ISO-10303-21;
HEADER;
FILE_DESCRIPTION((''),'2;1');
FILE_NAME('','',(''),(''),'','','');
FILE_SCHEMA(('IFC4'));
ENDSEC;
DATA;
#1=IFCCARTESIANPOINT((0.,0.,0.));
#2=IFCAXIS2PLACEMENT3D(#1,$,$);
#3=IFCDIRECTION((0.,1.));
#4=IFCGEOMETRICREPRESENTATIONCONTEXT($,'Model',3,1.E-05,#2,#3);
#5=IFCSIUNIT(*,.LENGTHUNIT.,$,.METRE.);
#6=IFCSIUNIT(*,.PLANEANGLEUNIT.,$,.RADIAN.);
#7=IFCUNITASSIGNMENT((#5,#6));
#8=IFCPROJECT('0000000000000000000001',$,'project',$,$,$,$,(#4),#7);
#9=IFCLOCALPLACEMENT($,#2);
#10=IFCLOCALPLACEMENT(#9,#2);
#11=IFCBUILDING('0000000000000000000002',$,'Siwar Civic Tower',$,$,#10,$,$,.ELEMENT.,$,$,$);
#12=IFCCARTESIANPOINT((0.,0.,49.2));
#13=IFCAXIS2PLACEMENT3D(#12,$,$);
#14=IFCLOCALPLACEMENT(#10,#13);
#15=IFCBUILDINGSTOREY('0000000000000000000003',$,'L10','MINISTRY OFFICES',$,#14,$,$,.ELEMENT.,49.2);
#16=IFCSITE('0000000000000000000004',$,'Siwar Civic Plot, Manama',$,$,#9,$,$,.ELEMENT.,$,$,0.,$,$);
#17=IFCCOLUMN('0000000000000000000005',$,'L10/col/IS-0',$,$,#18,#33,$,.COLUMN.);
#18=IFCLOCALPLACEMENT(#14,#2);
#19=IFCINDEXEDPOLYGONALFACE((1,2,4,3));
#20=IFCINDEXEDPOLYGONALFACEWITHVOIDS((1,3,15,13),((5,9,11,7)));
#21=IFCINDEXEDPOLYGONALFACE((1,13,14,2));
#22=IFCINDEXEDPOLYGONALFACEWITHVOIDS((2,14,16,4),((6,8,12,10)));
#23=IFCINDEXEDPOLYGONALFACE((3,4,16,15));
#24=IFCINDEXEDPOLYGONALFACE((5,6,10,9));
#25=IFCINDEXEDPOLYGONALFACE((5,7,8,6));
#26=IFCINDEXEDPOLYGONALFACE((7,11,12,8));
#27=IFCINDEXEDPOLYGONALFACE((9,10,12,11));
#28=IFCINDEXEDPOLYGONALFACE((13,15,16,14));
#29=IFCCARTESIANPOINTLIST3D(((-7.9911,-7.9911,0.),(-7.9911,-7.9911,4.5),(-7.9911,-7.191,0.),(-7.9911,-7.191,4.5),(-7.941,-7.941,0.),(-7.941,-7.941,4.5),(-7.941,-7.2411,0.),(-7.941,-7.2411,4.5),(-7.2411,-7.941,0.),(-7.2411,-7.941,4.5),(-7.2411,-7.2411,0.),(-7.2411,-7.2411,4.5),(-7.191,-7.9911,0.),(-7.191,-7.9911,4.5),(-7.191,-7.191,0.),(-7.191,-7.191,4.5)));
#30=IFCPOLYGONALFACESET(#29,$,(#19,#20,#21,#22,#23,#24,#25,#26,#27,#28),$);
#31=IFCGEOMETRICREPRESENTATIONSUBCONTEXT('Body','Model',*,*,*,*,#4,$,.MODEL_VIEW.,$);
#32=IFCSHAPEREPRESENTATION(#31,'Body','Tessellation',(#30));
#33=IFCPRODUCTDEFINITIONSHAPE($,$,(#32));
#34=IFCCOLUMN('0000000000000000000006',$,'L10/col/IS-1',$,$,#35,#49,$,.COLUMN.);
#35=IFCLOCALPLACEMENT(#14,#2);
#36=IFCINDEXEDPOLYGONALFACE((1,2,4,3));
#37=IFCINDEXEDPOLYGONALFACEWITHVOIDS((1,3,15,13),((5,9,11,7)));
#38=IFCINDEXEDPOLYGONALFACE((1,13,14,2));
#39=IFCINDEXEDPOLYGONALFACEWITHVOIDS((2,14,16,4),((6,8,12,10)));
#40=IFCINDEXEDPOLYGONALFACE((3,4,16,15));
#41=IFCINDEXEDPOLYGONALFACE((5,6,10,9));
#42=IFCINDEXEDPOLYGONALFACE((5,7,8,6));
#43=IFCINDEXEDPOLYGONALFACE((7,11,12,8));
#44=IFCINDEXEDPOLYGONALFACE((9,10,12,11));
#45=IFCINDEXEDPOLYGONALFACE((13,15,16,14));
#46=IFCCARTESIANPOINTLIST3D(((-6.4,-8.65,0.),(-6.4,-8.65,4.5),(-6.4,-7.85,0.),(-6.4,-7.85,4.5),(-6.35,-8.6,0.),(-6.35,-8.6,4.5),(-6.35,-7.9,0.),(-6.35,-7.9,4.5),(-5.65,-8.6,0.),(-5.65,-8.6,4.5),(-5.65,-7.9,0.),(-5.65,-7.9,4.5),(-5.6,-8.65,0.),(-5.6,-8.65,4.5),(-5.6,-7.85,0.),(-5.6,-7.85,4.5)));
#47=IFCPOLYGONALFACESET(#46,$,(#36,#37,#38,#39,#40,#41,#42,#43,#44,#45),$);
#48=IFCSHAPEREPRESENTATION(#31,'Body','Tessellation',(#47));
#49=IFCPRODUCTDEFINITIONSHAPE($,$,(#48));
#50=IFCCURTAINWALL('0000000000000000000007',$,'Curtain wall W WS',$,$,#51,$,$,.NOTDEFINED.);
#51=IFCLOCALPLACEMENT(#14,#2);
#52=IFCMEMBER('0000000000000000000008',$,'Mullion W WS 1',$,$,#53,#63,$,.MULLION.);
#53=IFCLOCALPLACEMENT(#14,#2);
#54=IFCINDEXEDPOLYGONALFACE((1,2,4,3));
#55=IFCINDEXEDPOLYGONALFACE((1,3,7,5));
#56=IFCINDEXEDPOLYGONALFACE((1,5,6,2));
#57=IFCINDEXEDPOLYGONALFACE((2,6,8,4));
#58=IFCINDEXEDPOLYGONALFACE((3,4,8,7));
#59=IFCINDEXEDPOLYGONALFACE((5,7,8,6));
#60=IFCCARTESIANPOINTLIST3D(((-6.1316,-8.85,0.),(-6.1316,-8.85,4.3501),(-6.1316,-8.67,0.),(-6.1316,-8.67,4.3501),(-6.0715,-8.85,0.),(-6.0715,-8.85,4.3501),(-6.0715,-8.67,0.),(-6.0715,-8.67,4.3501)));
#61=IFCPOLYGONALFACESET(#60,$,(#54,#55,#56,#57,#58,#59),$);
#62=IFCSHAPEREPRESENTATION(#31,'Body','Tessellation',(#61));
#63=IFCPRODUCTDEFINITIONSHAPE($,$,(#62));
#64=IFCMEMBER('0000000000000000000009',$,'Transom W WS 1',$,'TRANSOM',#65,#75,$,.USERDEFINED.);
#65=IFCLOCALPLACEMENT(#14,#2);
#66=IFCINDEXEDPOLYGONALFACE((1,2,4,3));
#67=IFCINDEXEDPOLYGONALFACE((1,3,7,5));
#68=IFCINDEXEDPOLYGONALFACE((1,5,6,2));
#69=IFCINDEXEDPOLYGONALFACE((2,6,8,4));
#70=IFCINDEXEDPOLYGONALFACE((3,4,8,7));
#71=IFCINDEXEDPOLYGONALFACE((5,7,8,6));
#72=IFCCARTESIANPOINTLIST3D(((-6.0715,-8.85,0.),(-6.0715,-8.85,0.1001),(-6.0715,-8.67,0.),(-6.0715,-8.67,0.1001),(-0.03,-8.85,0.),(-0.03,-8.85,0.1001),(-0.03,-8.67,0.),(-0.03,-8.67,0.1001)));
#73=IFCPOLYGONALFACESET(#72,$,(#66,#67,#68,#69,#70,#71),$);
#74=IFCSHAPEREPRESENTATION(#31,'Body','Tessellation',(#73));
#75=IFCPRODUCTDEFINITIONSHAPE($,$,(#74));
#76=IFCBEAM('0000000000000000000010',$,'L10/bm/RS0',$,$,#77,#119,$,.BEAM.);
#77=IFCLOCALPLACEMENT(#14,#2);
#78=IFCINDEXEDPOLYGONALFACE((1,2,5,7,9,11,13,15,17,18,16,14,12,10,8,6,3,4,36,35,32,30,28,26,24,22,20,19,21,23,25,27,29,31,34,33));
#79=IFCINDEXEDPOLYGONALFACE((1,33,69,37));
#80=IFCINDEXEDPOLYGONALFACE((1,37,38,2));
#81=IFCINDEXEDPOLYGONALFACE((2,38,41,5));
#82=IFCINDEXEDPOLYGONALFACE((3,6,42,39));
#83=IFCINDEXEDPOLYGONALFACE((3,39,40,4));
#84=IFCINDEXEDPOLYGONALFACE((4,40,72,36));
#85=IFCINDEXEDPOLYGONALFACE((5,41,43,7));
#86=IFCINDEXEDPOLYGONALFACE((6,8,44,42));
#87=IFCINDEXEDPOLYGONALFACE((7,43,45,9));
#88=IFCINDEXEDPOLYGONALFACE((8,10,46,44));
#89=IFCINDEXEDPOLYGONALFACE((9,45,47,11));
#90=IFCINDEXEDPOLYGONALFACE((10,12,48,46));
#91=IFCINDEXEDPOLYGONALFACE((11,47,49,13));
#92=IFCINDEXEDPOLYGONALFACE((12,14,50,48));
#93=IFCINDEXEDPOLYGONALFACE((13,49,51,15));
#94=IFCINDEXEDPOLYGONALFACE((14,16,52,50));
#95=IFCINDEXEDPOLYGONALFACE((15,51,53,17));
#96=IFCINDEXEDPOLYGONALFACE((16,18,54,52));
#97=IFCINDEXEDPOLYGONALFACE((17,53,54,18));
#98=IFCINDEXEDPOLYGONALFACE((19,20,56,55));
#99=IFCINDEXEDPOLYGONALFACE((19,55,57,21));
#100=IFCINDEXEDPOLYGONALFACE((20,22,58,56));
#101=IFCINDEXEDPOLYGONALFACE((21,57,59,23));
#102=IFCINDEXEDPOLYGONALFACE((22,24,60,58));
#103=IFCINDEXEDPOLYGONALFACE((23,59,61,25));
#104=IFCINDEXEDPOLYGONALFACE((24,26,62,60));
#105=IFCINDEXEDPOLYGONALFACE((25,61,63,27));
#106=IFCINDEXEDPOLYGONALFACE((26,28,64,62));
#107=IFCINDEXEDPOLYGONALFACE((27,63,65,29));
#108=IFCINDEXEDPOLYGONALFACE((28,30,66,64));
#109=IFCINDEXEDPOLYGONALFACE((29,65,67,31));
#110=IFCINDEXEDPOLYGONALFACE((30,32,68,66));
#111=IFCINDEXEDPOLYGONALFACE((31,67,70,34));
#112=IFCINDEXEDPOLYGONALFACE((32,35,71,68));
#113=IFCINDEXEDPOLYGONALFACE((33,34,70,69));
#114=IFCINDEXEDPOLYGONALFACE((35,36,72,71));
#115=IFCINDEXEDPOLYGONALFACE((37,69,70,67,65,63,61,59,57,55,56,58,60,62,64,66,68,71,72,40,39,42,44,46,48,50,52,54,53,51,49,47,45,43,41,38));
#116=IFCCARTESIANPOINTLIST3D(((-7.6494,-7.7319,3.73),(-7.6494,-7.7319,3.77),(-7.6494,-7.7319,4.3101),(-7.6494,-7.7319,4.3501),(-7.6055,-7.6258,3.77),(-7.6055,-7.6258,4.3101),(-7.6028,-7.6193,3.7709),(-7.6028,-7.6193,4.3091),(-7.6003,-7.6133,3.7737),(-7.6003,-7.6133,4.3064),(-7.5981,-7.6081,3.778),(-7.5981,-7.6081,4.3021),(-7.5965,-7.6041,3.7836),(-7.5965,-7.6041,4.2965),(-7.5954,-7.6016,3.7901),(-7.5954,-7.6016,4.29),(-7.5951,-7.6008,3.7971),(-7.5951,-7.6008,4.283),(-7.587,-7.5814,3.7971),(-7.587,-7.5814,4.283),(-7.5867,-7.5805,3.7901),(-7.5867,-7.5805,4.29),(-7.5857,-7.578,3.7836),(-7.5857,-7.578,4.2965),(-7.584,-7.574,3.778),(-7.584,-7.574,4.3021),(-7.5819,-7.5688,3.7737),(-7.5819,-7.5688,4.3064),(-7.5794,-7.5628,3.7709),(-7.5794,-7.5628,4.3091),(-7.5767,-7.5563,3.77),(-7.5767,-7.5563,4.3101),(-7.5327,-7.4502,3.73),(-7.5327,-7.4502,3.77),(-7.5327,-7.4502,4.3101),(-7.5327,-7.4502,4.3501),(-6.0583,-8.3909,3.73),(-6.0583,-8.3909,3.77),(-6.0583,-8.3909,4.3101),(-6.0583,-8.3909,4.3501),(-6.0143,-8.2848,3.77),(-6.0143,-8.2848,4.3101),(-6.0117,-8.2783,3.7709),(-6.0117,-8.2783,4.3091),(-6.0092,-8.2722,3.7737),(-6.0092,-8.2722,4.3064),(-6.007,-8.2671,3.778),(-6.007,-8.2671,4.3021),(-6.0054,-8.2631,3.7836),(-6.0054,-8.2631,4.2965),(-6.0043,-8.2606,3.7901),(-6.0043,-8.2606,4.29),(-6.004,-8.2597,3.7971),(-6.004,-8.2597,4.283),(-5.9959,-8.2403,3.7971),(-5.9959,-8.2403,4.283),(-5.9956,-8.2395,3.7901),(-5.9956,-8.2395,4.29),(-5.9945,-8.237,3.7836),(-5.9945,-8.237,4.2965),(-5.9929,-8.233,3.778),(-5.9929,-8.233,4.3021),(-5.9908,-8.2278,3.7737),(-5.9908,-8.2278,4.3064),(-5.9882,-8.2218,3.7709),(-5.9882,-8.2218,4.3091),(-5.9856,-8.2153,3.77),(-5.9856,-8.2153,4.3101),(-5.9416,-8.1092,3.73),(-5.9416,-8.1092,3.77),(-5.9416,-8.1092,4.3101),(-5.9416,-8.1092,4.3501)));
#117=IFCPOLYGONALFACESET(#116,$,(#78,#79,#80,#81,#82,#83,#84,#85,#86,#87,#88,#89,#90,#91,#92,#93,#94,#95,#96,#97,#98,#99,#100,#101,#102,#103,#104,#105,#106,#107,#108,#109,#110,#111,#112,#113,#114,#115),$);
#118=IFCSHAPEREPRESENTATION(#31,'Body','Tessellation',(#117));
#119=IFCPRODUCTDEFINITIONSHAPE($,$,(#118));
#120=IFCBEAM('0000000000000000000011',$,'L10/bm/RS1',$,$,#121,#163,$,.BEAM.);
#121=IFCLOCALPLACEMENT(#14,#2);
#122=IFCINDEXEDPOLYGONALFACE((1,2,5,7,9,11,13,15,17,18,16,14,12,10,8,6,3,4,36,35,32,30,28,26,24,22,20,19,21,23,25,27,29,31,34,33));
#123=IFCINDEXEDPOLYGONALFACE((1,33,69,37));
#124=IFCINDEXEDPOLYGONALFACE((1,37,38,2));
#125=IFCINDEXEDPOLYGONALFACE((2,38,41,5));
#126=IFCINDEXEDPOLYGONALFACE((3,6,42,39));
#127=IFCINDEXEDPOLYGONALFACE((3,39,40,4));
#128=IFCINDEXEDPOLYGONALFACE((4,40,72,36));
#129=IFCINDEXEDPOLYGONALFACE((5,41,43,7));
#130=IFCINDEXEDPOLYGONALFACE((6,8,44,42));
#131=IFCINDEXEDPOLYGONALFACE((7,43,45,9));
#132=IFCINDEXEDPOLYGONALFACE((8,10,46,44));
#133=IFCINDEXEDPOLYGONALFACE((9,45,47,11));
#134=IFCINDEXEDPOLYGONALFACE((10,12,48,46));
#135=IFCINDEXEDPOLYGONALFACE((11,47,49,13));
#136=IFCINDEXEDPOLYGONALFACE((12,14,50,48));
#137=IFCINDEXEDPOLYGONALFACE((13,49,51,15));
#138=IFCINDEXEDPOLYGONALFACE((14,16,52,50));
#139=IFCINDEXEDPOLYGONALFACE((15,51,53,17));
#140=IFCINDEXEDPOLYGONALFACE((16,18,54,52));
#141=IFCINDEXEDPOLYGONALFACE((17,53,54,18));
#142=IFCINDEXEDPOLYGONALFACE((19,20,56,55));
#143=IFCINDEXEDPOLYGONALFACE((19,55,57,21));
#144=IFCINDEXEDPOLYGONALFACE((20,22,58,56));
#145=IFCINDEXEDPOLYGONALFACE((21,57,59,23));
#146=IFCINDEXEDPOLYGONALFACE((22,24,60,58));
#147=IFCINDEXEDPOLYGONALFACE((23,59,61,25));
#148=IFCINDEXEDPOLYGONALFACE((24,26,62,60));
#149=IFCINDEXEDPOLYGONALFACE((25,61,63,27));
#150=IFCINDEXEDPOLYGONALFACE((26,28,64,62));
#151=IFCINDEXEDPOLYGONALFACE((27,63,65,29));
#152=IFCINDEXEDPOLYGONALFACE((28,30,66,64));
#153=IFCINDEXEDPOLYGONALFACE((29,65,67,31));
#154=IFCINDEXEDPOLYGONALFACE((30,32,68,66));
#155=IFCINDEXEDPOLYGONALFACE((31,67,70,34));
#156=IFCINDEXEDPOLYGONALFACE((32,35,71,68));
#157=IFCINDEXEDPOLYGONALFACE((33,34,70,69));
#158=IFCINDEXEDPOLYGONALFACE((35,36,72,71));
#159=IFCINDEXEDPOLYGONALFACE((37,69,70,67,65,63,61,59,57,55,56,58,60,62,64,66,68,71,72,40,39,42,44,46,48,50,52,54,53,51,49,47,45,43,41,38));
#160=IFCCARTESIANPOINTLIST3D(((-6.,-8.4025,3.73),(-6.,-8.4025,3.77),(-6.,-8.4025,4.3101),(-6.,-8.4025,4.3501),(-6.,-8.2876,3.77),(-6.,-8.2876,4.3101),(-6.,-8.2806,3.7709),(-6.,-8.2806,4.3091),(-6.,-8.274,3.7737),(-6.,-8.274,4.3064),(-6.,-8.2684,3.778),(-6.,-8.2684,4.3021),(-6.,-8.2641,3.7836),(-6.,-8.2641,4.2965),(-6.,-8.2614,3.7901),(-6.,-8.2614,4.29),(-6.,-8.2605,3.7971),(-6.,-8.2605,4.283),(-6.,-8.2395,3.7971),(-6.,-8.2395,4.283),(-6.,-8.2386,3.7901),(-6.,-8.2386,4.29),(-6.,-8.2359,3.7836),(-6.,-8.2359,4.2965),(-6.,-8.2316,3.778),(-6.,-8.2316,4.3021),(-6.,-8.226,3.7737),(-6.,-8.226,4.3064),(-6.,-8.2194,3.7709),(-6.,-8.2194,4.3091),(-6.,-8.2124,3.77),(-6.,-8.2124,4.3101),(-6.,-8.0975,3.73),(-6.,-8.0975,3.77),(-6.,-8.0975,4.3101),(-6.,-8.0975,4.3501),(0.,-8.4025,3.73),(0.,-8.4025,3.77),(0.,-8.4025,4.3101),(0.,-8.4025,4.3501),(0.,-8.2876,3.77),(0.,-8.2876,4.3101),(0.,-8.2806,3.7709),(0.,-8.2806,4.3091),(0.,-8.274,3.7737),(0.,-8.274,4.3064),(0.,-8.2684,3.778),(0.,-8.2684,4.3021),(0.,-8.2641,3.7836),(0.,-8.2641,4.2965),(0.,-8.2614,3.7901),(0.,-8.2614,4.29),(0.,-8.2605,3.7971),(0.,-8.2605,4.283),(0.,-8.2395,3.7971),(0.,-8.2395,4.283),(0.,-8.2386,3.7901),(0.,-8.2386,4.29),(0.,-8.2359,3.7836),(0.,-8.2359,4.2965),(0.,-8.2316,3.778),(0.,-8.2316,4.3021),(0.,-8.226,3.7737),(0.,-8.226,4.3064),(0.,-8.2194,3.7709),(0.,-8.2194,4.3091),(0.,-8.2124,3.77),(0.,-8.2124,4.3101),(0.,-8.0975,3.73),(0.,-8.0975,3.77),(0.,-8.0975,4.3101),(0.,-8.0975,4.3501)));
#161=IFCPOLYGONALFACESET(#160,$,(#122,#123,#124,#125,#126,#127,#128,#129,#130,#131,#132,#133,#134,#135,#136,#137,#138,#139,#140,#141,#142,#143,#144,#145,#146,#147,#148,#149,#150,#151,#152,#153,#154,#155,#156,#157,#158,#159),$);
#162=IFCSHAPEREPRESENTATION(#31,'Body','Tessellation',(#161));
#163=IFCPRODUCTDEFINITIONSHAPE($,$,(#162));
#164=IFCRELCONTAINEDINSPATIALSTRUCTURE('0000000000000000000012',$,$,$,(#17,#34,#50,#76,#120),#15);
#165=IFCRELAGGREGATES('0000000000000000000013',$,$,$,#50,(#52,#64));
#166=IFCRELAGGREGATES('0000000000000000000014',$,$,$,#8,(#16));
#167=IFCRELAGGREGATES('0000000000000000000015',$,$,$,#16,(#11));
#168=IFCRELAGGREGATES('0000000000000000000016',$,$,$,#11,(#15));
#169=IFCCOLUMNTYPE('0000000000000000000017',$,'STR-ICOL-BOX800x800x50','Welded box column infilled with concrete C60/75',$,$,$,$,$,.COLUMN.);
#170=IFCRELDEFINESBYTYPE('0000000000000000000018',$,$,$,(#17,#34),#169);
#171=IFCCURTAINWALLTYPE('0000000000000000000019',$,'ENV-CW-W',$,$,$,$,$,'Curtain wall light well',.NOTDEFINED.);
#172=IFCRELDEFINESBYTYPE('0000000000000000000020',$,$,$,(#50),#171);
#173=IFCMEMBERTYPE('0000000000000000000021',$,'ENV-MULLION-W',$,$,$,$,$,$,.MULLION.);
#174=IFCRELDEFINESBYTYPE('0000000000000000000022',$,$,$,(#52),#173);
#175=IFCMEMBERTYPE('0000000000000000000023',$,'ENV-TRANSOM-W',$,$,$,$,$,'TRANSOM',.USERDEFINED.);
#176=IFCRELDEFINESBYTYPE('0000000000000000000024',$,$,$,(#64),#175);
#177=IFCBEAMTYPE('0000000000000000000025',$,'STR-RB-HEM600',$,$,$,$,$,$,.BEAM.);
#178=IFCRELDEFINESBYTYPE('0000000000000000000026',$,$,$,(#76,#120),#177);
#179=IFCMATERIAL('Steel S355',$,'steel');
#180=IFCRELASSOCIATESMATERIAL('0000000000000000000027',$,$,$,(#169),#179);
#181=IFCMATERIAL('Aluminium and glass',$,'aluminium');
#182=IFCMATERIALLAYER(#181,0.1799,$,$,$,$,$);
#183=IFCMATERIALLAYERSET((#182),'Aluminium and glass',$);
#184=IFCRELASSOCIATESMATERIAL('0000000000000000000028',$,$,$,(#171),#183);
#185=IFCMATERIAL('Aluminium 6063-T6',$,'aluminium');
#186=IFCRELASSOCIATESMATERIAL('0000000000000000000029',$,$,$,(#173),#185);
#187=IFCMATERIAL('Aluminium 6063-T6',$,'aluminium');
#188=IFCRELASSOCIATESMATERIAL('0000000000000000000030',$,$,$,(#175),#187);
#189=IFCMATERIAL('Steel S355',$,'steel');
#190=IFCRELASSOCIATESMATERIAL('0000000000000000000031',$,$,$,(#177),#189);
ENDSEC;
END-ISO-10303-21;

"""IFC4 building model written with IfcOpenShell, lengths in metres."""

from ifc_helpers import new_model, si_unit, direction, frame, origin, origin_2d, place, context, subcontext, project, spatial, rectangle, hollow_rectangle, i_section, extrude, material, layer, layer_set, material_profile, profile_set, type_object, element, aggregate, save


model = new_model("IFC4")

# Units and contexts
model_context = context("Model", 3, precision=1e-05, world=origin(), true_north=direction((0.0, 1.0)))
body_context = subcontext(model_context, "Body", "Model", "MODEL_VIEW")
ifc_project = project(units=[si_unit("LENGTHUNIT", "METRE"), si_unit("PLANEANGLEUNIT", "RADIAN")], contexts=[model_context])

# Site, building, storey
site_placement = place(None, origin())
site = spatial("IfcSite", under=ifc_project, at=site_placement, Name="Siwar Civic Plot, Manama", CompositionType="ELEMENT", RefElevation=0.0)
building_placement = place(site_placement, origin())
building = spatial("IfcBuilding", under=site, at=building_placement, Name="Siwar Civic Tower", CompositionType="ELEMENT")
storey_placement = place(building_placement, frame((0.0, 0.0, 49.2)))
storey = spatial("IfcBuildingStorey", under=building, at=storey_placement, Name="L10", Description="MINISTRY OFFICES", CompositionType="ELEMENT", Elevation=49.2)

# Columns
ifc_material_1 = material(Name="Steel S355", Category="steel")
ifc_material_profile_1 = material_profile(ifc_material_1, hollow_rectangle(XDim=0.8, YDim=0.8, WallThickness=0.05, at=origin_2d()), Name="BOX800x800x50")
ifc_profile_set_1 = profile_set([ifc_material_profile_1], Name="Steel S355")
column_type = type_object("IfcColumnType", Name="STR-ICOL-BOX800x800x50", Description="Welded box column infilled with concrete C60/75", PredefinedType="COLUMN", material=ifc_profile_set_1)
for number, where, z_axis, x_axis, name in (
    (1, (-7.5911, -7.5911, 0.0), (0.0, 0.0, 1.0), (1.0, 0.0, 0.0), "L10/col/IS-0"),
    (2, (-6.0, -8.25, 0.0), (0.0, 0.0, 1.0), (1.0, 0.0, 0.0), "L10/col/IS-1"),
):
    element("IfcColumn", number, at=place(storey_placement, frame(where, z_axis=z_axis, x_axis=x_axis)), inside=storey, type_object=column_type, Name=name, PredefinedType="COLUMN", context=body_context, shape_type="SweptSolid", body=[
        extrude(hollow_rectangle(XDim=0.8, YDim=0.8, WallThickness=0.05, at=origin_2d()), origin(), (0.0, 0.0, 1.0), 4.5),
    ])

# Curtain wall, members
ifc_material_2 = material(Name="Aluminium and glass", Category="aluminium")
ifc_layer_1 = layer(ifc_material_2, 0.1799)
ifc_layer_set_1 = layer_set([ifc_layer_1], Name="Aluminium and glass")
curtain_wall_type = type_object("IfcCurtainWallType", Name="ENV-CW-W", ElementType="Curtain wall light well", PredefinedType="NOTDEFINED", material=ifc_layer_set_1)
curtain_wall_placement = place(storey_placement, origin())
curtain_wall = element("IfcCurtainWall", 3, at=curtain_wall_placement, inside=storey, type_object=curtain_wall_type, Name="Curtain wall W WS", PredefinedType="NOTDEFINED")
ifc_material_3 = material(Name="Aluminium 6063-T6", Category="aluminium")
ifc_material_profile_2 = material_profile(ifc_material_3, rectangle(XDim=0.1799, YDim=0.0601, at=origin_2d()), Name="AL 180x60")
ifc_profile_set_2 = profile_set([ifc_material_profile_2], Name="Aluminium 6063-T6")
member_type_1 = type_object("IfcMemberType", Name="ENV-MULLION-W", PredefinedType="MULLION", material=ifc_profile_set_2)
member_1_placement = place(storey_placement, frame((-6.1016, -8.76, 0.0), z_axis=(0.0, 0.0, 1.0), x_axis=(0.0, 1.0, 0.0)))
member_1 = element("IfcMember", 4, at=member_1_placement, type_object=member_type_1, Name="Mullion W WS 1", PredefinedType="MULLION", context=body_context, shape_type="SweptSolid", body=[
    extrude(rectangle(XDim=0.1799, YDim=0.0601, at=origin_2d()), origin(), (0.0, 0.0, 1.0), 4.3501),
])
ifc_material_4 = material(Name="Aluminium 6063-T6", Category="aluminium")
ifc_material_profile_3 = material_profile(ifc_material_4, rectangle(XDim=0.1799, YDim=0.1001, at=origin_2d()), Name="AL 180x100")
ifc_profile_set_3 = profile_set([ifc_material_profile_3], Name="Aluminium 6063-T6")
member_type_2 = type_object("IfcMemberType", Name="ENV-TRANSOM-W", ElementType="TRANSOM", PredefinedType="USERDEFINED", material=ifc_profile_set_3)
member_2_placement = place(storey_placement, frame((-6.0715, -8.76, 0.05), z_axis=(1.0, 0.0, 0.0), x_axis=(0.0, 1.0, 0.0)))
member_2 = element("IfcMember", 5, at=member_2_placement, type_object=member_type_2, Name="Transom W WS 1", ObjectType="TRANSOM", PredefinedType="USERDEFINED", context=body_context, shape_type="SweptSolid", body=[
    extrude(rectangle(XDim=0.1799, YDim=0.1001, at=origin_2d()), origin(), (0.0, 0.0, 1.0), 6.0415),
])

# Beams
ifc_material_5 = material(Name="Steel S355", Category="steel")
ifc_material_profile_4 = material_profile(ifc_material_5, i_section(OverallWidth=0.3049, OverallDepth=0.6201, WebThickness=0.021, FlangeThickness=0.04, FilletRadius=0.0271, at=origin_2d()), Name="HEM600")
ifc_profile_set_4 = profile_set([ifc_material_profile_4], Name="Steel S355")
beam_type = type_object("IfcBeamType", Name="STR-RB-HEM600", PredefinedType="BEAM", material=ifc_profile_set_4)
beam_1_placement = place(storey_placement, frame((-7.5911, -7.5911, 4.04), z_axis=(0.923901, -0.382631, 0.0), x_axis=(0.382631, 0.923901, 0.0)))
element("IfcBeam", 6, at=beam_1_placement, inside=storey, type_object=beam_type, Name="L10/bm/RS0", PredefinedType="BEAM", context=body_context, shape_type="SweptSolid", body=[
    extrude(i_section(OverallWidth=0.3049, OverallDepth=0.6201, WebThickness=0.021, FlangeThickness=0.04, FilletRadius=0.0271, at=origin_2d()), origin(), (0.0, 0.0, 1.0), 1.7222),
])
beam_2_placement = place(storey_placement, frame((-6.0, -8.25, 4.04), z_axis=(1.0, 0.0, 0.0), x_axis=(0.0, 1.0, 0.0)))
element("IfcBeam", 7, at=beam_2_placement, inside=storey, type_object=beam_type, Name="L10/bm/RS1", PredefinedType="BEAM", context=body_context, shape_type="SweptSolid", body=[
    extrude(i_section(OverallWidth=0.3049, OverallDepth=0.6201, WebThickness=0.021, FlangeThickness=0.04, FilletRadius=0.0271, at=origin_2d()), origin(), (0.0, 0.0, 1.0), 6.0),
])

aggregate(curtain_wall, [member_1, member_2])

save(model, "model.ifc")
